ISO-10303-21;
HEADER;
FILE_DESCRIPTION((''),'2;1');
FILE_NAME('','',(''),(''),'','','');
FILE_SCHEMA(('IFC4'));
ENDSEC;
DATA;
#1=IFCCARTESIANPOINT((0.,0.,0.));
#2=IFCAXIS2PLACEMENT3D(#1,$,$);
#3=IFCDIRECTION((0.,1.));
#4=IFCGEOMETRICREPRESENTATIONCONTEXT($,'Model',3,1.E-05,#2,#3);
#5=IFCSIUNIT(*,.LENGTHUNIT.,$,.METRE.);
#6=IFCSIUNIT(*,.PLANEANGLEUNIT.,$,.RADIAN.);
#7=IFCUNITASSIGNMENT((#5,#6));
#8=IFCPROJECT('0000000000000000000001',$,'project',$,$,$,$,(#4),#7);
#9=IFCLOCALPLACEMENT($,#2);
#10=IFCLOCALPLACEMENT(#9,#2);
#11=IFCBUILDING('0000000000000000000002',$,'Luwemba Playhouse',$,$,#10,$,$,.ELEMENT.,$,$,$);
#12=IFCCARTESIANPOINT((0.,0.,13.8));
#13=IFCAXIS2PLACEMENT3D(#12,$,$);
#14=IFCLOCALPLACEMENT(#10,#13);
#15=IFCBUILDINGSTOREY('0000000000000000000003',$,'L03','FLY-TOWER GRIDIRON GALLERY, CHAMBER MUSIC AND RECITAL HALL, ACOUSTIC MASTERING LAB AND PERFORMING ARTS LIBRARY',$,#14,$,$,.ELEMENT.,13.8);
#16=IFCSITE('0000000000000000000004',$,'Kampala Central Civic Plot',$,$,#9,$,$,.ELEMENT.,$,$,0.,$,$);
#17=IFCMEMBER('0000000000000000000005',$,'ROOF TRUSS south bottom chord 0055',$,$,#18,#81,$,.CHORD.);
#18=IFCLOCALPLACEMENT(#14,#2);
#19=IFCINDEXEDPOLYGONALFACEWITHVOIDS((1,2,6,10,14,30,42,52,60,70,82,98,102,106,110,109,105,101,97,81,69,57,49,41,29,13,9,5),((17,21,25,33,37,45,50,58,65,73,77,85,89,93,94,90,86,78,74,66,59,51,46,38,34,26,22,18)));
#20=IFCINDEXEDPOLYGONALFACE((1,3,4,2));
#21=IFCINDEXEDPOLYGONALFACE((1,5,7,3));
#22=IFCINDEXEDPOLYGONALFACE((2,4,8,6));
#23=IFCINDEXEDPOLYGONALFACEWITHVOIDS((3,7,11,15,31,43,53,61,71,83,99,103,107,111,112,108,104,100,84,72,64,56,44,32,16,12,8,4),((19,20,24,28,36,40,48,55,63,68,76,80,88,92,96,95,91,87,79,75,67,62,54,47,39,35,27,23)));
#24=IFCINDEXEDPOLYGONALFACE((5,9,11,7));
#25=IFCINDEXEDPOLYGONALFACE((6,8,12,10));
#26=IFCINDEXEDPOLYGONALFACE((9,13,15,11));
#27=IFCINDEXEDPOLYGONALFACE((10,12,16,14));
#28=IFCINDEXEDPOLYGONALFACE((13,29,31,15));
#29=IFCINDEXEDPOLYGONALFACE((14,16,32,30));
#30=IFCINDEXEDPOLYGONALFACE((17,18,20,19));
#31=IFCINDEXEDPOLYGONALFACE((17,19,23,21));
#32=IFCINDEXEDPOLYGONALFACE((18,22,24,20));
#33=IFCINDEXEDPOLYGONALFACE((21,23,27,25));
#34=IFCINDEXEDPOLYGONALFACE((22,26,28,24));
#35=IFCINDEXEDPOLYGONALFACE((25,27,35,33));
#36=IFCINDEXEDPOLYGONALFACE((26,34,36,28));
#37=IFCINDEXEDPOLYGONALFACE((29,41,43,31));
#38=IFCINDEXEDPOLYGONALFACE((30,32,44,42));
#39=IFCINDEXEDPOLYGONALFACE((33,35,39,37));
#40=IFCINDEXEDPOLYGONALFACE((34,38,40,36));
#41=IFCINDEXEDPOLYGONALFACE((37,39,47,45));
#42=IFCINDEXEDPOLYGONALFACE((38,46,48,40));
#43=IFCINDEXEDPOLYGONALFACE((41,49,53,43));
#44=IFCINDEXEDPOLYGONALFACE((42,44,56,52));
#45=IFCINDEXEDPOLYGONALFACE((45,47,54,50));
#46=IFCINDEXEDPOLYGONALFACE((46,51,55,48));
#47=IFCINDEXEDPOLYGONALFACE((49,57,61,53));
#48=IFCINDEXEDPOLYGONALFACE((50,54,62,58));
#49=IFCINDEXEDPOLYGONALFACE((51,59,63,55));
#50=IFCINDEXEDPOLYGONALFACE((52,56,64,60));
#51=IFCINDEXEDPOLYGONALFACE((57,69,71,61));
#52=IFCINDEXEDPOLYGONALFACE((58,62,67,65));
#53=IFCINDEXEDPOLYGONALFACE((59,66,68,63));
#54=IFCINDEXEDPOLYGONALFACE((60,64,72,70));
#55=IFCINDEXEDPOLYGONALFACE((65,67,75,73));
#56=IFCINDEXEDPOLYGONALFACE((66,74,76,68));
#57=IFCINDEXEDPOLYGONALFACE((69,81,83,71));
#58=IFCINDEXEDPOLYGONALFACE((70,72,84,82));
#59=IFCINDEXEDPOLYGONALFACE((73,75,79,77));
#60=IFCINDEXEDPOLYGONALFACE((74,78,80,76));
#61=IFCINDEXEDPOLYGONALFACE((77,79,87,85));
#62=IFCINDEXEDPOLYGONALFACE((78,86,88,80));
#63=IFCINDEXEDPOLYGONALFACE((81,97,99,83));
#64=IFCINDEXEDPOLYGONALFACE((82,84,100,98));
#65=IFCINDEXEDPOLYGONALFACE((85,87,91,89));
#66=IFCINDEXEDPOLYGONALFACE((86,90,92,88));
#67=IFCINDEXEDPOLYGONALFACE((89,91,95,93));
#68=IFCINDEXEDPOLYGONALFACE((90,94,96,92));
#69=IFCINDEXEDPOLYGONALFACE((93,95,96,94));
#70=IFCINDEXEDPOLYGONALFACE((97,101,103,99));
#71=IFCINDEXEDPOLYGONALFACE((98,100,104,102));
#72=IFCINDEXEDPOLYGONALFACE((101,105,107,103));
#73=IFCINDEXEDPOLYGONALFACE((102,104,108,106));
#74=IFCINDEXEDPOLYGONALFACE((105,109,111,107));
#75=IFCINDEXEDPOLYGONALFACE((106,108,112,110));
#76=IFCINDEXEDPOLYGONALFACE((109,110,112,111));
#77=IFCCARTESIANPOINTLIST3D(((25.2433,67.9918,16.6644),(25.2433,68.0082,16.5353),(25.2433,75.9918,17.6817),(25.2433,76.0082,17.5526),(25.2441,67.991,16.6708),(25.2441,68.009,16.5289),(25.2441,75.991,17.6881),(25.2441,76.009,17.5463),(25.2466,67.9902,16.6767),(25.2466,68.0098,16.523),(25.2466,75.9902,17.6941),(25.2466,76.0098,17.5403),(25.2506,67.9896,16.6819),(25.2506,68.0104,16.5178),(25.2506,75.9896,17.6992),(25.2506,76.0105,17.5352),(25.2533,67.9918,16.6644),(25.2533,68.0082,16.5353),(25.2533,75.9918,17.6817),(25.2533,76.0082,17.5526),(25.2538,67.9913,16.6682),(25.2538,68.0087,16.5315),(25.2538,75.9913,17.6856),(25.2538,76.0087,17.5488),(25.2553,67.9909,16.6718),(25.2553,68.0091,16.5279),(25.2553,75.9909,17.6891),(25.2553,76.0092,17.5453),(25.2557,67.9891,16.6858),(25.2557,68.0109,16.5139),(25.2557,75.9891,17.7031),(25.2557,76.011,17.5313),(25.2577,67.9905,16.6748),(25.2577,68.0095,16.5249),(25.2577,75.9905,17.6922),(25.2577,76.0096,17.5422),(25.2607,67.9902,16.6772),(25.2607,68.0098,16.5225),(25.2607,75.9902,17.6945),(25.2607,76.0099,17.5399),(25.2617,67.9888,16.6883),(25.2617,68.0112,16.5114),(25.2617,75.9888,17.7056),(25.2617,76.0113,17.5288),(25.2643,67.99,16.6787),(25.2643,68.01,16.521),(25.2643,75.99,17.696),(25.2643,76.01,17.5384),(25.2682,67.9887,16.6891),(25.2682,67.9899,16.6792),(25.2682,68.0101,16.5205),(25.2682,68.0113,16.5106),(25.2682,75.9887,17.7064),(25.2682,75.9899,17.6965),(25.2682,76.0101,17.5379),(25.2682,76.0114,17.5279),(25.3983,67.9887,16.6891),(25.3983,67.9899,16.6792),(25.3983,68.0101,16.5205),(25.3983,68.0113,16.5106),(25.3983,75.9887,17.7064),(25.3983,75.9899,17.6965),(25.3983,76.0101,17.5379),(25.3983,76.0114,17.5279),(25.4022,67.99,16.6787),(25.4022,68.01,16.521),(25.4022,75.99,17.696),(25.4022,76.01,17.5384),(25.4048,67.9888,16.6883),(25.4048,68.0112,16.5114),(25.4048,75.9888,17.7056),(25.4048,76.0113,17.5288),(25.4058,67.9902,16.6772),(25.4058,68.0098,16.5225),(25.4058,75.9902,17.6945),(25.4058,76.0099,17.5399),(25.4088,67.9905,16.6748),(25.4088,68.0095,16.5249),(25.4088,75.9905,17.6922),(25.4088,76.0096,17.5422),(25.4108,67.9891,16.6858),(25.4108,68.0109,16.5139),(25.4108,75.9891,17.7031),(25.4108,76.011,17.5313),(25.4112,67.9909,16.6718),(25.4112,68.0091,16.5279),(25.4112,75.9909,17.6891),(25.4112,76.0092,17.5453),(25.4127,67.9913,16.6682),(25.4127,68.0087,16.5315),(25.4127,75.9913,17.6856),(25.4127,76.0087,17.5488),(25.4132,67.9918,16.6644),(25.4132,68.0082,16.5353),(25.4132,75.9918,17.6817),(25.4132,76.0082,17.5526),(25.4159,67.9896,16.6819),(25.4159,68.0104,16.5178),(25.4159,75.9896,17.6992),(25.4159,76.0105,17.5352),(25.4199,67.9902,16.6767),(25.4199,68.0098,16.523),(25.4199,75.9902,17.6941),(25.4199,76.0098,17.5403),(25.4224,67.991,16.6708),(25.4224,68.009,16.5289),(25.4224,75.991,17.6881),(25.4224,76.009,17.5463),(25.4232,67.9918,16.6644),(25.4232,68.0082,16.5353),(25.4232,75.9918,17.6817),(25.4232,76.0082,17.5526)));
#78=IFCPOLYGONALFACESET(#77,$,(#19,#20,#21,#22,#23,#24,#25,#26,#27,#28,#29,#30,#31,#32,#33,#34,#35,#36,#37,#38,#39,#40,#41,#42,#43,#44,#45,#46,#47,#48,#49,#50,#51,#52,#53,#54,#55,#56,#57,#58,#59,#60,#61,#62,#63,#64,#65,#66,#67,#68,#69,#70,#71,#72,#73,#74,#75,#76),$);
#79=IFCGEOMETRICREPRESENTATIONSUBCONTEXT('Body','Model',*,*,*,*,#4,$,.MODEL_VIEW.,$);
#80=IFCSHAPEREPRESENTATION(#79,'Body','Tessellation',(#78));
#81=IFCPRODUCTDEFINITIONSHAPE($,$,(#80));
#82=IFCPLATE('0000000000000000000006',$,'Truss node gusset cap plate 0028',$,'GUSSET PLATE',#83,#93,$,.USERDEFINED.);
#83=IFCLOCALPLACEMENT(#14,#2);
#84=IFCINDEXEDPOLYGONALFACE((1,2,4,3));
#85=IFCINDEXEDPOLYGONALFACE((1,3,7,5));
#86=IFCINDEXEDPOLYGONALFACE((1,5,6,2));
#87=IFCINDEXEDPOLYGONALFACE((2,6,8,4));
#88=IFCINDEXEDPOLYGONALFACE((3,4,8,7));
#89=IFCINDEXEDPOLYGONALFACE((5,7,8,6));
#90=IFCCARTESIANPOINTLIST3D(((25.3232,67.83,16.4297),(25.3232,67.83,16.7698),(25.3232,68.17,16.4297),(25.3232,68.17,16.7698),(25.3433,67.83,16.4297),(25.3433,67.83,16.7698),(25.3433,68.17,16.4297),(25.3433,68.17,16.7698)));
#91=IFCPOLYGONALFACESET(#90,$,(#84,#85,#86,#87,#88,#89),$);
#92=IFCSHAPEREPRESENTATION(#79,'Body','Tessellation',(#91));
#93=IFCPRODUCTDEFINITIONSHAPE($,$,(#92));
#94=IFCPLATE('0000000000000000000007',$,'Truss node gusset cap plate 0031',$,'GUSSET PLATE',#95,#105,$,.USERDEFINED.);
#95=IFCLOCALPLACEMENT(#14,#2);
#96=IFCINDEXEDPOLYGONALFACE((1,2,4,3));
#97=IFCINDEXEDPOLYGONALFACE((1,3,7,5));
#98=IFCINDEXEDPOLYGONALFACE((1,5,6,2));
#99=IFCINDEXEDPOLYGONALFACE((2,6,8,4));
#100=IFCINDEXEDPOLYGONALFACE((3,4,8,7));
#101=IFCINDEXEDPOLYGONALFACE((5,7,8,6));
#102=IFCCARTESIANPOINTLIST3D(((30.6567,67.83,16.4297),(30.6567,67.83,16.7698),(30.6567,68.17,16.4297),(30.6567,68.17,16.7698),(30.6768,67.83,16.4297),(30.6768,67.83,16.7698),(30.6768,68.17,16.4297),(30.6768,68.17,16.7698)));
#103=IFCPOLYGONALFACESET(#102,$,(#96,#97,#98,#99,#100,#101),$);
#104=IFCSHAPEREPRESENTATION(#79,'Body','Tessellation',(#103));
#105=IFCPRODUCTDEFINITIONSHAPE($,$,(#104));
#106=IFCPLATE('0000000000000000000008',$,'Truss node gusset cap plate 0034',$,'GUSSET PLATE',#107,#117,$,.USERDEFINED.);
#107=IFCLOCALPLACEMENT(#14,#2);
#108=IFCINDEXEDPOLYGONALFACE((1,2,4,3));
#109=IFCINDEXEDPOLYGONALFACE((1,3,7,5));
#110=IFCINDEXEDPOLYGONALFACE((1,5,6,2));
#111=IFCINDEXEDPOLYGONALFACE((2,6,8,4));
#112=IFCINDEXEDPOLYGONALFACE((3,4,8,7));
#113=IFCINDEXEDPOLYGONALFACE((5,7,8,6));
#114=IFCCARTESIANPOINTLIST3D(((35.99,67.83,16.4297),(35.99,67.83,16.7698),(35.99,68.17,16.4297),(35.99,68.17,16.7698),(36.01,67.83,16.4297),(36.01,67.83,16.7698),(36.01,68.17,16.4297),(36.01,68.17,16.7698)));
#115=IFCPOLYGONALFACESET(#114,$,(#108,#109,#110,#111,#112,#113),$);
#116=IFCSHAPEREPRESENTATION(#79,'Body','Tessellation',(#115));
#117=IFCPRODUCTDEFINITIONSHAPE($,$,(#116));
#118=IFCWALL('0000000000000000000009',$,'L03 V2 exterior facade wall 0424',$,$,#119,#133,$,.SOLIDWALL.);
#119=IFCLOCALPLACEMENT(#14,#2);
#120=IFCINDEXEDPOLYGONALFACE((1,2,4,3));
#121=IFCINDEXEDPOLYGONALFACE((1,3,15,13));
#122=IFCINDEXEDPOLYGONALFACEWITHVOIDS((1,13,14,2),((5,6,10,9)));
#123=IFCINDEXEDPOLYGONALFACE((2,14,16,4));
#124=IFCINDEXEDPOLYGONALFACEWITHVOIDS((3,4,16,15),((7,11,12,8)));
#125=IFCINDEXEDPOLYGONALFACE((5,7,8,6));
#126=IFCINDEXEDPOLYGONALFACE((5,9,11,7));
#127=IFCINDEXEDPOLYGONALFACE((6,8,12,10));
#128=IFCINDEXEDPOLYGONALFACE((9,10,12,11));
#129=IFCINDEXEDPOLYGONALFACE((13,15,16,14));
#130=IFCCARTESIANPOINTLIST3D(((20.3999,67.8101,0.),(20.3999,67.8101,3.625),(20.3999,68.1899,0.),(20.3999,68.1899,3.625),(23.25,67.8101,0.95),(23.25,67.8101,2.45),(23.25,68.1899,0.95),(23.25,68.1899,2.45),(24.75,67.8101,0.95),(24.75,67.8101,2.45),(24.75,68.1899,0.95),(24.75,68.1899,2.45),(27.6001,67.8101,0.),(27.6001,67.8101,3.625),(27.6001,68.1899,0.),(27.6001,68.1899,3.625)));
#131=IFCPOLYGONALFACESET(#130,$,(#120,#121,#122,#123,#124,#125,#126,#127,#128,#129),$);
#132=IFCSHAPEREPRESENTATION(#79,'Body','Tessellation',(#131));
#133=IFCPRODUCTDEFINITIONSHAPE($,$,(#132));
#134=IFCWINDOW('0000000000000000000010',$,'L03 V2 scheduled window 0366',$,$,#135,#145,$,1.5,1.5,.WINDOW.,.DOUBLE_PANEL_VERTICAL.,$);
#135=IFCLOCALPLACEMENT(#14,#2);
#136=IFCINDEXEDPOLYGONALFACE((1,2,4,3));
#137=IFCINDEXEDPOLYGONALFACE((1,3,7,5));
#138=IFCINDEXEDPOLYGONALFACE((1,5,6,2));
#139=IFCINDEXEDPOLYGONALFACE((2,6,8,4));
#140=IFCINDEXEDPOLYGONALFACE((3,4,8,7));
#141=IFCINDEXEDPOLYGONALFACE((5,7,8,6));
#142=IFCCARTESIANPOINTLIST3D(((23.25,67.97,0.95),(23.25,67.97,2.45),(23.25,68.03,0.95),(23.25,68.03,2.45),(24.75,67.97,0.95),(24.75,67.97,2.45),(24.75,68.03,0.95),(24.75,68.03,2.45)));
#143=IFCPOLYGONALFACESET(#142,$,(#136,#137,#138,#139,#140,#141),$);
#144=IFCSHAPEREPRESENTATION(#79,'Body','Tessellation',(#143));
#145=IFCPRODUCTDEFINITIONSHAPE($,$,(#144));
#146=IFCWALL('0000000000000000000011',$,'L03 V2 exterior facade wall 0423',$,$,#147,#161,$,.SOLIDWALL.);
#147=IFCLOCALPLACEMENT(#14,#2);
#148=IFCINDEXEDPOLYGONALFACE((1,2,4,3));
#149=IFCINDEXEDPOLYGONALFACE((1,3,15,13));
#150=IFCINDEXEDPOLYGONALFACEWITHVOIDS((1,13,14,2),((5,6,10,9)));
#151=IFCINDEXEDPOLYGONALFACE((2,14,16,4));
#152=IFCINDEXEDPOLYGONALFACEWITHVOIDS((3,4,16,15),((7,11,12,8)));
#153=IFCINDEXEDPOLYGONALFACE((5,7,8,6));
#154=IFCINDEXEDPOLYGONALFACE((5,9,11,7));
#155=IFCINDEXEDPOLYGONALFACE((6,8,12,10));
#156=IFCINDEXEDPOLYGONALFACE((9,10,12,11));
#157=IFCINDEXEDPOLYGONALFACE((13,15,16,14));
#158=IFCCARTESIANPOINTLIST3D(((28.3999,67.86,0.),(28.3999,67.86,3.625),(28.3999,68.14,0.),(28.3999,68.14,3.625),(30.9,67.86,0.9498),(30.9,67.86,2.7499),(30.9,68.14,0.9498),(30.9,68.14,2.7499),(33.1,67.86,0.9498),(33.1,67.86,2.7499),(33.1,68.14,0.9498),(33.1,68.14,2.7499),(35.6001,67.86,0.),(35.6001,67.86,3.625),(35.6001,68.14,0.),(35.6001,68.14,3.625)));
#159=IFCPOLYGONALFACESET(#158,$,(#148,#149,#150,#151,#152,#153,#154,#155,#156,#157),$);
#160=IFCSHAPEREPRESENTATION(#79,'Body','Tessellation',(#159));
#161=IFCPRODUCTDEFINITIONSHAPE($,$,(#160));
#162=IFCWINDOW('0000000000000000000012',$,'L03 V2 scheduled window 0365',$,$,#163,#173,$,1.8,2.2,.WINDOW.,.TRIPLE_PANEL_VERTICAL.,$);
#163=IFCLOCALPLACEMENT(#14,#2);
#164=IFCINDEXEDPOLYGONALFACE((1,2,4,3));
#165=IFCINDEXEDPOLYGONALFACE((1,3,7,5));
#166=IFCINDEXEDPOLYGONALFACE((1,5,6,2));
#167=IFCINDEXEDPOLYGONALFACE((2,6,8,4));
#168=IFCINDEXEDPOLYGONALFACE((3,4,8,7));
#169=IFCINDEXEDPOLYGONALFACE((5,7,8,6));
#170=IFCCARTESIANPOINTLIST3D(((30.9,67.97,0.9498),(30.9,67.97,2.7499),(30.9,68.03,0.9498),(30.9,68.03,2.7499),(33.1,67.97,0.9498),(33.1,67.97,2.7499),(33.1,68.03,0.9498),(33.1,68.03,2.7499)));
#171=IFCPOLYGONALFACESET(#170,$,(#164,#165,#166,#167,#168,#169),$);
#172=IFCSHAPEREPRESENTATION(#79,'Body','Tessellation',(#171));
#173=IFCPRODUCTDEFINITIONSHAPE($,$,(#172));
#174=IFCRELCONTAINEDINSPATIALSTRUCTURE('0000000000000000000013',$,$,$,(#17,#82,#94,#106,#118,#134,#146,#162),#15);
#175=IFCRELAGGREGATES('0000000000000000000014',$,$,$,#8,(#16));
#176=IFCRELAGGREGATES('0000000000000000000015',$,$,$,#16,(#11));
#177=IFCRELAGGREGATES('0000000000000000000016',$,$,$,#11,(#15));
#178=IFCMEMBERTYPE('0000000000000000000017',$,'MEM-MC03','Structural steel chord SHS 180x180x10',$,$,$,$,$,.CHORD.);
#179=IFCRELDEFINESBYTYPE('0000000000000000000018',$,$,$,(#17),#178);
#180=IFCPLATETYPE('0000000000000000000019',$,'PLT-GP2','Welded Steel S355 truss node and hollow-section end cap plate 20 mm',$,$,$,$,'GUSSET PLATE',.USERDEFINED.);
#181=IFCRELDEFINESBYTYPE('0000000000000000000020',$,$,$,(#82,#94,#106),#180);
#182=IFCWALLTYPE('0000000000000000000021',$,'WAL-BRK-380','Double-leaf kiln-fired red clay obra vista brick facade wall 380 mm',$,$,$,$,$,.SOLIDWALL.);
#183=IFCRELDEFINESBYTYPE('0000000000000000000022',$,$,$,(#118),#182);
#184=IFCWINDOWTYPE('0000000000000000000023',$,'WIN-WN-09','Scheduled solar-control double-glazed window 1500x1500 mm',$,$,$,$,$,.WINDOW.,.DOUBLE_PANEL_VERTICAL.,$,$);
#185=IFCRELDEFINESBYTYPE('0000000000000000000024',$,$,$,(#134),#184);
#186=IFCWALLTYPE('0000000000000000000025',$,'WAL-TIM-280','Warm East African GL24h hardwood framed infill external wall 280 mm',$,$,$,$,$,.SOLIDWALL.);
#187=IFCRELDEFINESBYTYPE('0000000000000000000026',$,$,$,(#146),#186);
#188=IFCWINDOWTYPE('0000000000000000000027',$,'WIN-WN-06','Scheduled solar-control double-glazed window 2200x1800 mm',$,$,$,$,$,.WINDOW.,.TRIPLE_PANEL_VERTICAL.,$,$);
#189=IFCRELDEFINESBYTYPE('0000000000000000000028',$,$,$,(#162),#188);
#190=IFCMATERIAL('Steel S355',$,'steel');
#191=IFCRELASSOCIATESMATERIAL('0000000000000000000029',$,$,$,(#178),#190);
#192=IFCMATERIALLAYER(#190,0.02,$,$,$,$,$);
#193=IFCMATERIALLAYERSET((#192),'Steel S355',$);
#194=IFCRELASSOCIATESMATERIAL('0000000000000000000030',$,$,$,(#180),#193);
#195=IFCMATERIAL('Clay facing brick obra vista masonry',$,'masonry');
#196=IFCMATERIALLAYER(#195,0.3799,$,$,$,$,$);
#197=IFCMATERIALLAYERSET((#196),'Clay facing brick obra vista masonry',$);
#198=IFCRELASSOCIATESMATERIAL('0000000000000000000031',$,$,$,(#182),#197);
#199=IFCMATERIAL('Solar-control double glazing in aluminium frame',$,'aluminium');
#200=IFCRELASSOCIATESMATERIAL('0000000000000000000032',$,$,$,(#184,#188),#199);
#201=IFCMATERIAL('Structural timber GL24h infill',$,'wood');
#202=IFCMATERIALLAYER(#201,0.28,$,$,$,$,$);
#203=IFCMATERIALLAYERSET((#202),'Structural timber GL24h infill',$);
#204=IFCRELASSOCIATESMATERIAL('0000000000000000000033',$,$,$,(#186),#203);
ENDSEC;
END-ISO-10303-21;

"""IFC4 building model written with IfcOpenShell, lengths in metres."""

from ifc_helpers import new_model, si_unit, direction, frame, frame_2d, origin, origin_2d, place, context, subcontext, project, spatial, rectangle, hollow_rectangle, extrude, material, layer, layer_set, material_profile, profile_set, type_object, element, fill, save


model = new_model("IFC4")

# Units and contexts
model_context = context("Model", 3, precision=1e-05, world=origin(), true_north=direction((0.0, 1.0)))
body_context = subcontext(model_context, "Body", "Model", "MODEL_VIEW")
ifc_project = project(units=[si_unit("LENGTHUNIT", "METRE"), si_unit("PLANEANGLEUNIT", "RADIAN")], contexts=[model_context])

# Site, building, storey
site_placement = place(None, origin())
site = spatial("IfcSite", under=ifc_project, at=site_placement, Name="Kampala Central Civic Plot", CompositionType="ELEMENT", RefElevation=0.0)
building_placement = place(site_placement, origin())
building = spatial("IfcBuilding", under=site, at=building_placement, Name="Luwemba Playhouse", CompositionType="ELEMENT")
storey_placement = place(building_placement, frame((0.0, 0.0, 13.8)))
storey = spatial("IfcBuildingStorey", under=building, at=storey_placement, Name="L03", Description="FLY-TOWER GRIDIRON GALLERY, CHAMBER MUSIC AND RECITAL HALL, ACOUSTIC MASTERING LAB AND PERFORMING ARTS LIBRARY", CompositionType="ELEMENT", Elevation=13.8)

# Shared definitions
ifc_material_1 = material(Name="Steel S355", Category="steel")

# Member
ifc_material_profile_1 = material_profile(ifc_material_1, hollow_rectangle(XDim=0.1799, YDim=0.1799, WallThickness=0.01, InnerFilletRadius=0.0149, OuterFilletRadius=0.0249, at=origin_2d()))
ifc_profile_set_1 = profile_set([ifc_material_profile_1], Name="Steel S355")
member_type_1 = type_object("IfcMemberType", Name="MEM-MC03", Description="Structural steel chord SHS 180x180x10", PredefinedType="CHORD", material=ifc_profile_set_1)
member_1_placement = place(storey_placement, frame((25.3333, 68.0, 16.5999), z_axis=(0.0, 0.992011, 0.126151), x_axis=(-1.0, 0.0, 0.0)))
element("IfcMember", 1, at=member_1_placement, inside=storey, type_object=member_type_1, Name="ROOF TRUSS south bottom chord 0055", PredefinedType="CHORD", context=body_context, shape_type="SweptSolid", body=[
    extrude(hollow_rectangle(XDim=0.1799, YDim=0.1799, WallThickness=0.01, InnerFilletRadius=0.0149, OuterFilletRadius=0.0249, at=origin_2d()), origin(), (0.0, 0.0, 1.0), 8.0645),
])

# Plates
ifc_layer_1 = layer(ifc_material_1, 0.02)
ifc_layer_set_1 = layer_set([ifc_layer_1], Name="Steel S355")
plate_type = type_object("IfcPlateType", Name="PLT-GP2", Description="Welded Steel S355 truss node and hollow-section end cap plate 20 mm", ElementType="GUSSET PLATE", PredefinedType="USERDEFINED", material=ifc_layer_set_1)
for number, where, z_axis, x_axis, name in (
    (2, (25.3333, 68.0, 16.4297), (0.0, 0.0, 1.0), (1.0, 0.0, 0.0), "Truss node gusset cap plate 0028"),
    (3, (30.6667, 68.0, 16.4297), (0.0, 0.0, 1.0), (1.0, 0.0, 0.0), "Truss node gusset cap plate 0031"),
    (4, (36.0, 68.0, 16.4297), (0.0, 0.0, 1.0), (1.0, 0.0, 0.0), "Truss node gusset cap plate 0034"),
):
    element("IfcPlate", number, at=place(storey_placement, frame(where, z_axis=z_axis, x_axis=x_axis)), inside=storey, type_object=plate_type, Name=name, ObjectType="GUSSET PLATE", PredefinedType="USERDEFINED", context=body_context, shape_type="SweptSolid", body=[
        extrude(rectangle(XDim=0.02, YDim=0.3401, at=origin_2d()), origin(), (0.0, 0.0, 1.0), 0.3401),
    ])

# Walls, openings, windows
ifc_material_2 = material(Name="Clay facing brick obra vista masonry", Category="masonry")
ifc_layer_2 = layer(ifc_material_2, 0.3799)
ifc_layer_set_2 = layer_set([ifc_layer_2], Name="Clay facing brick obra vista masonry")
wall_type_1 = type_object("IfcWallType", Name="WAL-BRK-380", Description="Double-leaf kiln-fired red clay obra vista brick facade wall 380 mm", PredefinedType="SOLIDWALL", material=ifc_layer_set_2)
wall_1_placement = place(storey_placement, frame((27.6001, 68.0, 0.0), z_axis=(0.0, 0.0, 1.0), x_axis=(-1.0, 0.0, 0.0)))
wall_1 = element("IfcWall", 5, at=wall_1_placement, inside=storey, type_object=wall_type_1, Name="L03 V2 exterior facade wall 0424", PredefinedType="SOLIDWALL", context=body_context, shape_type="SweptSolid", body=[
    extrude(rectangle(XDim=7.2002, YDim=0.3799, at=frame_2d((3.6001, 0.0))), origin(), (0.0, 0.0, 1.0), 3.625),
])
opening_1_placement = place(wall_1_placement, frame((2.8501, 0.0, 0.95)))
opening_1 = element("IfcOpeningElement", 6, at=opening_1_placement, cuts=wall_1, PredefinedType="OPENING", context=body_context, shape_type="SweptSolid", body=[
    extrude(rectangle(XDim=1.5, YDim=1.5, at=frame_2d((0.75, 0.75))), frame((0.0, 0.2, 0.0), z_axis=(0.0, -1.0, 0.0), x_axis=(1.0, 0.0, 0.0)), (0.0, 0.0, 1.0), 0.3999),
])
ifc_material_3 = material(Name="Solar-control double glazing in aluminium frame", Category="aluminium")
window_type_1 = type_object("IfcWindowType", Name="WIN-WN-09", Description="Scheduled solar-control double-glazed window 1500x1500 mm", PartitioningType="DOUBLE_PANEL_VERTICAL", PredefinedType="WINDOW", material=ifc_material_3)
window_1_placement = place(opening_1_placement, origin())
window_1 = element("IfcWindow", 7, at=window_1_placement, inside=storey, type_object=window_type_1, Name="L03 V2 scheduled window 0366", OverallHeight=1.5, OverallWidth=1.5, PartitioningType="DOUBLE_PANEL_VERTICAL", PredefinedType="WINDOW", context=body_context, shape_type="SweptSolid", body=[
    extrude(rectangle(XDim=1.5, YDim=1.5, at=frame_2d((0.75, 0.75))), frame((0.0, 0.03, 0.0), z_axis=(0.0, -1.0, 0.0), x_axis=(1.0, 0.0, 0.0)), (0.0, 0.0, 1.0), 0.0601),
])
fill(opening_1, window_1)
ifc_material_4 = material(Name="Structural timber GL24h infill", Category="wood")
ifc_layer_3 = layer(ifc_material_4, 0.28)
ifc_layer_set_3 = layer_set([ifc_layer_3], Name="Structural timber GL24h infill")
wall_type_2 = type_object("IfcWallType", Name="WAL-TIM-280", Description="Warm East African GL24h hardwood framed infill external wall 280 mm", PredefinedType="SOLIDWALL", material=ifc_layer_set_3)
wall_2_placement = place(storey_placement, frame((35.6001, 68.0, 0.0), z_axis=(0.0, 0.0, 1.0), x_axis=(-1.0, 0.0, 0.0)))
wall_2 = element("IfcWall", 8, at=wall_2_placement, inside=storey, type_object=wall_type_2, Name="L03 V2 exterior facade wall 0423", PredefinedType="SOLIDWALL", context=body_context, shape_type="SweptSolid", body=[
    extrude(rectangle(XDim=7.2002, YDim=0.28, at=frame_2d((3.6001, 0.0))), origin(), (0.0, 0.0, 1.0), 3.625),
])
opening_2_placement = place(wall_2_placement, frame((2.5, 0.0, 0.95)))
opening_2 = element("IfcOpeningElement", 9, at=opening_2_placement, cuts=wall_2, PredefinedType="OPENING", context=body_context, shape_type="SweptSolid", body=[
    extrude(rectangle(XDim=2.2, YDim=1.8, at=frame_2d((1.1001, 0.8999))), frame((0.0, 0.1499, 0.0), z_axis=(0.0, -1.0, 0.0), x_axis=(1.0, 0.0, 0.0)), (0.0, 0.0, 1.0), 0.3),
])
window_type_2 = type_object("IfcWindowType", Name="WIN-WN-06", Description="Scheduled solar-control double-glazed window 2200x1800 mm", PartitioningType="TRIPLE_PANEL_VERTICAL", PredefinedType="WINDOW", material=ifc_material_3)
window_2_placement = place(opening_2_placement, origin())
window_2 = element("IfcWindow", 10, at=window_2_placement, inside=storey, type_object=window_type_2, Name="L03 V2 scheduled window 0365", OverallHeight=1.8, OverallWidth=2.2, PartitioningType="TRIPLE_PANEL_VERTICAL", PredefinedType="WINDOW", context=body_context, shape_type="SweptSolid", body=[
    extrude(rectangle(XDim=2.2, YDim=1.8, at=frame_2d((1.1001, 0.8999))), frame((0.0, 0.03, 0.0), z_axis=(0.0, -1.0, 0.0), x_axis=(1.0, 0.0, 0.0)), (0.0, 0.0, 1.0), 0.0601),
])
fill(opening_2, window_2)

save(model, "model.ifc")
